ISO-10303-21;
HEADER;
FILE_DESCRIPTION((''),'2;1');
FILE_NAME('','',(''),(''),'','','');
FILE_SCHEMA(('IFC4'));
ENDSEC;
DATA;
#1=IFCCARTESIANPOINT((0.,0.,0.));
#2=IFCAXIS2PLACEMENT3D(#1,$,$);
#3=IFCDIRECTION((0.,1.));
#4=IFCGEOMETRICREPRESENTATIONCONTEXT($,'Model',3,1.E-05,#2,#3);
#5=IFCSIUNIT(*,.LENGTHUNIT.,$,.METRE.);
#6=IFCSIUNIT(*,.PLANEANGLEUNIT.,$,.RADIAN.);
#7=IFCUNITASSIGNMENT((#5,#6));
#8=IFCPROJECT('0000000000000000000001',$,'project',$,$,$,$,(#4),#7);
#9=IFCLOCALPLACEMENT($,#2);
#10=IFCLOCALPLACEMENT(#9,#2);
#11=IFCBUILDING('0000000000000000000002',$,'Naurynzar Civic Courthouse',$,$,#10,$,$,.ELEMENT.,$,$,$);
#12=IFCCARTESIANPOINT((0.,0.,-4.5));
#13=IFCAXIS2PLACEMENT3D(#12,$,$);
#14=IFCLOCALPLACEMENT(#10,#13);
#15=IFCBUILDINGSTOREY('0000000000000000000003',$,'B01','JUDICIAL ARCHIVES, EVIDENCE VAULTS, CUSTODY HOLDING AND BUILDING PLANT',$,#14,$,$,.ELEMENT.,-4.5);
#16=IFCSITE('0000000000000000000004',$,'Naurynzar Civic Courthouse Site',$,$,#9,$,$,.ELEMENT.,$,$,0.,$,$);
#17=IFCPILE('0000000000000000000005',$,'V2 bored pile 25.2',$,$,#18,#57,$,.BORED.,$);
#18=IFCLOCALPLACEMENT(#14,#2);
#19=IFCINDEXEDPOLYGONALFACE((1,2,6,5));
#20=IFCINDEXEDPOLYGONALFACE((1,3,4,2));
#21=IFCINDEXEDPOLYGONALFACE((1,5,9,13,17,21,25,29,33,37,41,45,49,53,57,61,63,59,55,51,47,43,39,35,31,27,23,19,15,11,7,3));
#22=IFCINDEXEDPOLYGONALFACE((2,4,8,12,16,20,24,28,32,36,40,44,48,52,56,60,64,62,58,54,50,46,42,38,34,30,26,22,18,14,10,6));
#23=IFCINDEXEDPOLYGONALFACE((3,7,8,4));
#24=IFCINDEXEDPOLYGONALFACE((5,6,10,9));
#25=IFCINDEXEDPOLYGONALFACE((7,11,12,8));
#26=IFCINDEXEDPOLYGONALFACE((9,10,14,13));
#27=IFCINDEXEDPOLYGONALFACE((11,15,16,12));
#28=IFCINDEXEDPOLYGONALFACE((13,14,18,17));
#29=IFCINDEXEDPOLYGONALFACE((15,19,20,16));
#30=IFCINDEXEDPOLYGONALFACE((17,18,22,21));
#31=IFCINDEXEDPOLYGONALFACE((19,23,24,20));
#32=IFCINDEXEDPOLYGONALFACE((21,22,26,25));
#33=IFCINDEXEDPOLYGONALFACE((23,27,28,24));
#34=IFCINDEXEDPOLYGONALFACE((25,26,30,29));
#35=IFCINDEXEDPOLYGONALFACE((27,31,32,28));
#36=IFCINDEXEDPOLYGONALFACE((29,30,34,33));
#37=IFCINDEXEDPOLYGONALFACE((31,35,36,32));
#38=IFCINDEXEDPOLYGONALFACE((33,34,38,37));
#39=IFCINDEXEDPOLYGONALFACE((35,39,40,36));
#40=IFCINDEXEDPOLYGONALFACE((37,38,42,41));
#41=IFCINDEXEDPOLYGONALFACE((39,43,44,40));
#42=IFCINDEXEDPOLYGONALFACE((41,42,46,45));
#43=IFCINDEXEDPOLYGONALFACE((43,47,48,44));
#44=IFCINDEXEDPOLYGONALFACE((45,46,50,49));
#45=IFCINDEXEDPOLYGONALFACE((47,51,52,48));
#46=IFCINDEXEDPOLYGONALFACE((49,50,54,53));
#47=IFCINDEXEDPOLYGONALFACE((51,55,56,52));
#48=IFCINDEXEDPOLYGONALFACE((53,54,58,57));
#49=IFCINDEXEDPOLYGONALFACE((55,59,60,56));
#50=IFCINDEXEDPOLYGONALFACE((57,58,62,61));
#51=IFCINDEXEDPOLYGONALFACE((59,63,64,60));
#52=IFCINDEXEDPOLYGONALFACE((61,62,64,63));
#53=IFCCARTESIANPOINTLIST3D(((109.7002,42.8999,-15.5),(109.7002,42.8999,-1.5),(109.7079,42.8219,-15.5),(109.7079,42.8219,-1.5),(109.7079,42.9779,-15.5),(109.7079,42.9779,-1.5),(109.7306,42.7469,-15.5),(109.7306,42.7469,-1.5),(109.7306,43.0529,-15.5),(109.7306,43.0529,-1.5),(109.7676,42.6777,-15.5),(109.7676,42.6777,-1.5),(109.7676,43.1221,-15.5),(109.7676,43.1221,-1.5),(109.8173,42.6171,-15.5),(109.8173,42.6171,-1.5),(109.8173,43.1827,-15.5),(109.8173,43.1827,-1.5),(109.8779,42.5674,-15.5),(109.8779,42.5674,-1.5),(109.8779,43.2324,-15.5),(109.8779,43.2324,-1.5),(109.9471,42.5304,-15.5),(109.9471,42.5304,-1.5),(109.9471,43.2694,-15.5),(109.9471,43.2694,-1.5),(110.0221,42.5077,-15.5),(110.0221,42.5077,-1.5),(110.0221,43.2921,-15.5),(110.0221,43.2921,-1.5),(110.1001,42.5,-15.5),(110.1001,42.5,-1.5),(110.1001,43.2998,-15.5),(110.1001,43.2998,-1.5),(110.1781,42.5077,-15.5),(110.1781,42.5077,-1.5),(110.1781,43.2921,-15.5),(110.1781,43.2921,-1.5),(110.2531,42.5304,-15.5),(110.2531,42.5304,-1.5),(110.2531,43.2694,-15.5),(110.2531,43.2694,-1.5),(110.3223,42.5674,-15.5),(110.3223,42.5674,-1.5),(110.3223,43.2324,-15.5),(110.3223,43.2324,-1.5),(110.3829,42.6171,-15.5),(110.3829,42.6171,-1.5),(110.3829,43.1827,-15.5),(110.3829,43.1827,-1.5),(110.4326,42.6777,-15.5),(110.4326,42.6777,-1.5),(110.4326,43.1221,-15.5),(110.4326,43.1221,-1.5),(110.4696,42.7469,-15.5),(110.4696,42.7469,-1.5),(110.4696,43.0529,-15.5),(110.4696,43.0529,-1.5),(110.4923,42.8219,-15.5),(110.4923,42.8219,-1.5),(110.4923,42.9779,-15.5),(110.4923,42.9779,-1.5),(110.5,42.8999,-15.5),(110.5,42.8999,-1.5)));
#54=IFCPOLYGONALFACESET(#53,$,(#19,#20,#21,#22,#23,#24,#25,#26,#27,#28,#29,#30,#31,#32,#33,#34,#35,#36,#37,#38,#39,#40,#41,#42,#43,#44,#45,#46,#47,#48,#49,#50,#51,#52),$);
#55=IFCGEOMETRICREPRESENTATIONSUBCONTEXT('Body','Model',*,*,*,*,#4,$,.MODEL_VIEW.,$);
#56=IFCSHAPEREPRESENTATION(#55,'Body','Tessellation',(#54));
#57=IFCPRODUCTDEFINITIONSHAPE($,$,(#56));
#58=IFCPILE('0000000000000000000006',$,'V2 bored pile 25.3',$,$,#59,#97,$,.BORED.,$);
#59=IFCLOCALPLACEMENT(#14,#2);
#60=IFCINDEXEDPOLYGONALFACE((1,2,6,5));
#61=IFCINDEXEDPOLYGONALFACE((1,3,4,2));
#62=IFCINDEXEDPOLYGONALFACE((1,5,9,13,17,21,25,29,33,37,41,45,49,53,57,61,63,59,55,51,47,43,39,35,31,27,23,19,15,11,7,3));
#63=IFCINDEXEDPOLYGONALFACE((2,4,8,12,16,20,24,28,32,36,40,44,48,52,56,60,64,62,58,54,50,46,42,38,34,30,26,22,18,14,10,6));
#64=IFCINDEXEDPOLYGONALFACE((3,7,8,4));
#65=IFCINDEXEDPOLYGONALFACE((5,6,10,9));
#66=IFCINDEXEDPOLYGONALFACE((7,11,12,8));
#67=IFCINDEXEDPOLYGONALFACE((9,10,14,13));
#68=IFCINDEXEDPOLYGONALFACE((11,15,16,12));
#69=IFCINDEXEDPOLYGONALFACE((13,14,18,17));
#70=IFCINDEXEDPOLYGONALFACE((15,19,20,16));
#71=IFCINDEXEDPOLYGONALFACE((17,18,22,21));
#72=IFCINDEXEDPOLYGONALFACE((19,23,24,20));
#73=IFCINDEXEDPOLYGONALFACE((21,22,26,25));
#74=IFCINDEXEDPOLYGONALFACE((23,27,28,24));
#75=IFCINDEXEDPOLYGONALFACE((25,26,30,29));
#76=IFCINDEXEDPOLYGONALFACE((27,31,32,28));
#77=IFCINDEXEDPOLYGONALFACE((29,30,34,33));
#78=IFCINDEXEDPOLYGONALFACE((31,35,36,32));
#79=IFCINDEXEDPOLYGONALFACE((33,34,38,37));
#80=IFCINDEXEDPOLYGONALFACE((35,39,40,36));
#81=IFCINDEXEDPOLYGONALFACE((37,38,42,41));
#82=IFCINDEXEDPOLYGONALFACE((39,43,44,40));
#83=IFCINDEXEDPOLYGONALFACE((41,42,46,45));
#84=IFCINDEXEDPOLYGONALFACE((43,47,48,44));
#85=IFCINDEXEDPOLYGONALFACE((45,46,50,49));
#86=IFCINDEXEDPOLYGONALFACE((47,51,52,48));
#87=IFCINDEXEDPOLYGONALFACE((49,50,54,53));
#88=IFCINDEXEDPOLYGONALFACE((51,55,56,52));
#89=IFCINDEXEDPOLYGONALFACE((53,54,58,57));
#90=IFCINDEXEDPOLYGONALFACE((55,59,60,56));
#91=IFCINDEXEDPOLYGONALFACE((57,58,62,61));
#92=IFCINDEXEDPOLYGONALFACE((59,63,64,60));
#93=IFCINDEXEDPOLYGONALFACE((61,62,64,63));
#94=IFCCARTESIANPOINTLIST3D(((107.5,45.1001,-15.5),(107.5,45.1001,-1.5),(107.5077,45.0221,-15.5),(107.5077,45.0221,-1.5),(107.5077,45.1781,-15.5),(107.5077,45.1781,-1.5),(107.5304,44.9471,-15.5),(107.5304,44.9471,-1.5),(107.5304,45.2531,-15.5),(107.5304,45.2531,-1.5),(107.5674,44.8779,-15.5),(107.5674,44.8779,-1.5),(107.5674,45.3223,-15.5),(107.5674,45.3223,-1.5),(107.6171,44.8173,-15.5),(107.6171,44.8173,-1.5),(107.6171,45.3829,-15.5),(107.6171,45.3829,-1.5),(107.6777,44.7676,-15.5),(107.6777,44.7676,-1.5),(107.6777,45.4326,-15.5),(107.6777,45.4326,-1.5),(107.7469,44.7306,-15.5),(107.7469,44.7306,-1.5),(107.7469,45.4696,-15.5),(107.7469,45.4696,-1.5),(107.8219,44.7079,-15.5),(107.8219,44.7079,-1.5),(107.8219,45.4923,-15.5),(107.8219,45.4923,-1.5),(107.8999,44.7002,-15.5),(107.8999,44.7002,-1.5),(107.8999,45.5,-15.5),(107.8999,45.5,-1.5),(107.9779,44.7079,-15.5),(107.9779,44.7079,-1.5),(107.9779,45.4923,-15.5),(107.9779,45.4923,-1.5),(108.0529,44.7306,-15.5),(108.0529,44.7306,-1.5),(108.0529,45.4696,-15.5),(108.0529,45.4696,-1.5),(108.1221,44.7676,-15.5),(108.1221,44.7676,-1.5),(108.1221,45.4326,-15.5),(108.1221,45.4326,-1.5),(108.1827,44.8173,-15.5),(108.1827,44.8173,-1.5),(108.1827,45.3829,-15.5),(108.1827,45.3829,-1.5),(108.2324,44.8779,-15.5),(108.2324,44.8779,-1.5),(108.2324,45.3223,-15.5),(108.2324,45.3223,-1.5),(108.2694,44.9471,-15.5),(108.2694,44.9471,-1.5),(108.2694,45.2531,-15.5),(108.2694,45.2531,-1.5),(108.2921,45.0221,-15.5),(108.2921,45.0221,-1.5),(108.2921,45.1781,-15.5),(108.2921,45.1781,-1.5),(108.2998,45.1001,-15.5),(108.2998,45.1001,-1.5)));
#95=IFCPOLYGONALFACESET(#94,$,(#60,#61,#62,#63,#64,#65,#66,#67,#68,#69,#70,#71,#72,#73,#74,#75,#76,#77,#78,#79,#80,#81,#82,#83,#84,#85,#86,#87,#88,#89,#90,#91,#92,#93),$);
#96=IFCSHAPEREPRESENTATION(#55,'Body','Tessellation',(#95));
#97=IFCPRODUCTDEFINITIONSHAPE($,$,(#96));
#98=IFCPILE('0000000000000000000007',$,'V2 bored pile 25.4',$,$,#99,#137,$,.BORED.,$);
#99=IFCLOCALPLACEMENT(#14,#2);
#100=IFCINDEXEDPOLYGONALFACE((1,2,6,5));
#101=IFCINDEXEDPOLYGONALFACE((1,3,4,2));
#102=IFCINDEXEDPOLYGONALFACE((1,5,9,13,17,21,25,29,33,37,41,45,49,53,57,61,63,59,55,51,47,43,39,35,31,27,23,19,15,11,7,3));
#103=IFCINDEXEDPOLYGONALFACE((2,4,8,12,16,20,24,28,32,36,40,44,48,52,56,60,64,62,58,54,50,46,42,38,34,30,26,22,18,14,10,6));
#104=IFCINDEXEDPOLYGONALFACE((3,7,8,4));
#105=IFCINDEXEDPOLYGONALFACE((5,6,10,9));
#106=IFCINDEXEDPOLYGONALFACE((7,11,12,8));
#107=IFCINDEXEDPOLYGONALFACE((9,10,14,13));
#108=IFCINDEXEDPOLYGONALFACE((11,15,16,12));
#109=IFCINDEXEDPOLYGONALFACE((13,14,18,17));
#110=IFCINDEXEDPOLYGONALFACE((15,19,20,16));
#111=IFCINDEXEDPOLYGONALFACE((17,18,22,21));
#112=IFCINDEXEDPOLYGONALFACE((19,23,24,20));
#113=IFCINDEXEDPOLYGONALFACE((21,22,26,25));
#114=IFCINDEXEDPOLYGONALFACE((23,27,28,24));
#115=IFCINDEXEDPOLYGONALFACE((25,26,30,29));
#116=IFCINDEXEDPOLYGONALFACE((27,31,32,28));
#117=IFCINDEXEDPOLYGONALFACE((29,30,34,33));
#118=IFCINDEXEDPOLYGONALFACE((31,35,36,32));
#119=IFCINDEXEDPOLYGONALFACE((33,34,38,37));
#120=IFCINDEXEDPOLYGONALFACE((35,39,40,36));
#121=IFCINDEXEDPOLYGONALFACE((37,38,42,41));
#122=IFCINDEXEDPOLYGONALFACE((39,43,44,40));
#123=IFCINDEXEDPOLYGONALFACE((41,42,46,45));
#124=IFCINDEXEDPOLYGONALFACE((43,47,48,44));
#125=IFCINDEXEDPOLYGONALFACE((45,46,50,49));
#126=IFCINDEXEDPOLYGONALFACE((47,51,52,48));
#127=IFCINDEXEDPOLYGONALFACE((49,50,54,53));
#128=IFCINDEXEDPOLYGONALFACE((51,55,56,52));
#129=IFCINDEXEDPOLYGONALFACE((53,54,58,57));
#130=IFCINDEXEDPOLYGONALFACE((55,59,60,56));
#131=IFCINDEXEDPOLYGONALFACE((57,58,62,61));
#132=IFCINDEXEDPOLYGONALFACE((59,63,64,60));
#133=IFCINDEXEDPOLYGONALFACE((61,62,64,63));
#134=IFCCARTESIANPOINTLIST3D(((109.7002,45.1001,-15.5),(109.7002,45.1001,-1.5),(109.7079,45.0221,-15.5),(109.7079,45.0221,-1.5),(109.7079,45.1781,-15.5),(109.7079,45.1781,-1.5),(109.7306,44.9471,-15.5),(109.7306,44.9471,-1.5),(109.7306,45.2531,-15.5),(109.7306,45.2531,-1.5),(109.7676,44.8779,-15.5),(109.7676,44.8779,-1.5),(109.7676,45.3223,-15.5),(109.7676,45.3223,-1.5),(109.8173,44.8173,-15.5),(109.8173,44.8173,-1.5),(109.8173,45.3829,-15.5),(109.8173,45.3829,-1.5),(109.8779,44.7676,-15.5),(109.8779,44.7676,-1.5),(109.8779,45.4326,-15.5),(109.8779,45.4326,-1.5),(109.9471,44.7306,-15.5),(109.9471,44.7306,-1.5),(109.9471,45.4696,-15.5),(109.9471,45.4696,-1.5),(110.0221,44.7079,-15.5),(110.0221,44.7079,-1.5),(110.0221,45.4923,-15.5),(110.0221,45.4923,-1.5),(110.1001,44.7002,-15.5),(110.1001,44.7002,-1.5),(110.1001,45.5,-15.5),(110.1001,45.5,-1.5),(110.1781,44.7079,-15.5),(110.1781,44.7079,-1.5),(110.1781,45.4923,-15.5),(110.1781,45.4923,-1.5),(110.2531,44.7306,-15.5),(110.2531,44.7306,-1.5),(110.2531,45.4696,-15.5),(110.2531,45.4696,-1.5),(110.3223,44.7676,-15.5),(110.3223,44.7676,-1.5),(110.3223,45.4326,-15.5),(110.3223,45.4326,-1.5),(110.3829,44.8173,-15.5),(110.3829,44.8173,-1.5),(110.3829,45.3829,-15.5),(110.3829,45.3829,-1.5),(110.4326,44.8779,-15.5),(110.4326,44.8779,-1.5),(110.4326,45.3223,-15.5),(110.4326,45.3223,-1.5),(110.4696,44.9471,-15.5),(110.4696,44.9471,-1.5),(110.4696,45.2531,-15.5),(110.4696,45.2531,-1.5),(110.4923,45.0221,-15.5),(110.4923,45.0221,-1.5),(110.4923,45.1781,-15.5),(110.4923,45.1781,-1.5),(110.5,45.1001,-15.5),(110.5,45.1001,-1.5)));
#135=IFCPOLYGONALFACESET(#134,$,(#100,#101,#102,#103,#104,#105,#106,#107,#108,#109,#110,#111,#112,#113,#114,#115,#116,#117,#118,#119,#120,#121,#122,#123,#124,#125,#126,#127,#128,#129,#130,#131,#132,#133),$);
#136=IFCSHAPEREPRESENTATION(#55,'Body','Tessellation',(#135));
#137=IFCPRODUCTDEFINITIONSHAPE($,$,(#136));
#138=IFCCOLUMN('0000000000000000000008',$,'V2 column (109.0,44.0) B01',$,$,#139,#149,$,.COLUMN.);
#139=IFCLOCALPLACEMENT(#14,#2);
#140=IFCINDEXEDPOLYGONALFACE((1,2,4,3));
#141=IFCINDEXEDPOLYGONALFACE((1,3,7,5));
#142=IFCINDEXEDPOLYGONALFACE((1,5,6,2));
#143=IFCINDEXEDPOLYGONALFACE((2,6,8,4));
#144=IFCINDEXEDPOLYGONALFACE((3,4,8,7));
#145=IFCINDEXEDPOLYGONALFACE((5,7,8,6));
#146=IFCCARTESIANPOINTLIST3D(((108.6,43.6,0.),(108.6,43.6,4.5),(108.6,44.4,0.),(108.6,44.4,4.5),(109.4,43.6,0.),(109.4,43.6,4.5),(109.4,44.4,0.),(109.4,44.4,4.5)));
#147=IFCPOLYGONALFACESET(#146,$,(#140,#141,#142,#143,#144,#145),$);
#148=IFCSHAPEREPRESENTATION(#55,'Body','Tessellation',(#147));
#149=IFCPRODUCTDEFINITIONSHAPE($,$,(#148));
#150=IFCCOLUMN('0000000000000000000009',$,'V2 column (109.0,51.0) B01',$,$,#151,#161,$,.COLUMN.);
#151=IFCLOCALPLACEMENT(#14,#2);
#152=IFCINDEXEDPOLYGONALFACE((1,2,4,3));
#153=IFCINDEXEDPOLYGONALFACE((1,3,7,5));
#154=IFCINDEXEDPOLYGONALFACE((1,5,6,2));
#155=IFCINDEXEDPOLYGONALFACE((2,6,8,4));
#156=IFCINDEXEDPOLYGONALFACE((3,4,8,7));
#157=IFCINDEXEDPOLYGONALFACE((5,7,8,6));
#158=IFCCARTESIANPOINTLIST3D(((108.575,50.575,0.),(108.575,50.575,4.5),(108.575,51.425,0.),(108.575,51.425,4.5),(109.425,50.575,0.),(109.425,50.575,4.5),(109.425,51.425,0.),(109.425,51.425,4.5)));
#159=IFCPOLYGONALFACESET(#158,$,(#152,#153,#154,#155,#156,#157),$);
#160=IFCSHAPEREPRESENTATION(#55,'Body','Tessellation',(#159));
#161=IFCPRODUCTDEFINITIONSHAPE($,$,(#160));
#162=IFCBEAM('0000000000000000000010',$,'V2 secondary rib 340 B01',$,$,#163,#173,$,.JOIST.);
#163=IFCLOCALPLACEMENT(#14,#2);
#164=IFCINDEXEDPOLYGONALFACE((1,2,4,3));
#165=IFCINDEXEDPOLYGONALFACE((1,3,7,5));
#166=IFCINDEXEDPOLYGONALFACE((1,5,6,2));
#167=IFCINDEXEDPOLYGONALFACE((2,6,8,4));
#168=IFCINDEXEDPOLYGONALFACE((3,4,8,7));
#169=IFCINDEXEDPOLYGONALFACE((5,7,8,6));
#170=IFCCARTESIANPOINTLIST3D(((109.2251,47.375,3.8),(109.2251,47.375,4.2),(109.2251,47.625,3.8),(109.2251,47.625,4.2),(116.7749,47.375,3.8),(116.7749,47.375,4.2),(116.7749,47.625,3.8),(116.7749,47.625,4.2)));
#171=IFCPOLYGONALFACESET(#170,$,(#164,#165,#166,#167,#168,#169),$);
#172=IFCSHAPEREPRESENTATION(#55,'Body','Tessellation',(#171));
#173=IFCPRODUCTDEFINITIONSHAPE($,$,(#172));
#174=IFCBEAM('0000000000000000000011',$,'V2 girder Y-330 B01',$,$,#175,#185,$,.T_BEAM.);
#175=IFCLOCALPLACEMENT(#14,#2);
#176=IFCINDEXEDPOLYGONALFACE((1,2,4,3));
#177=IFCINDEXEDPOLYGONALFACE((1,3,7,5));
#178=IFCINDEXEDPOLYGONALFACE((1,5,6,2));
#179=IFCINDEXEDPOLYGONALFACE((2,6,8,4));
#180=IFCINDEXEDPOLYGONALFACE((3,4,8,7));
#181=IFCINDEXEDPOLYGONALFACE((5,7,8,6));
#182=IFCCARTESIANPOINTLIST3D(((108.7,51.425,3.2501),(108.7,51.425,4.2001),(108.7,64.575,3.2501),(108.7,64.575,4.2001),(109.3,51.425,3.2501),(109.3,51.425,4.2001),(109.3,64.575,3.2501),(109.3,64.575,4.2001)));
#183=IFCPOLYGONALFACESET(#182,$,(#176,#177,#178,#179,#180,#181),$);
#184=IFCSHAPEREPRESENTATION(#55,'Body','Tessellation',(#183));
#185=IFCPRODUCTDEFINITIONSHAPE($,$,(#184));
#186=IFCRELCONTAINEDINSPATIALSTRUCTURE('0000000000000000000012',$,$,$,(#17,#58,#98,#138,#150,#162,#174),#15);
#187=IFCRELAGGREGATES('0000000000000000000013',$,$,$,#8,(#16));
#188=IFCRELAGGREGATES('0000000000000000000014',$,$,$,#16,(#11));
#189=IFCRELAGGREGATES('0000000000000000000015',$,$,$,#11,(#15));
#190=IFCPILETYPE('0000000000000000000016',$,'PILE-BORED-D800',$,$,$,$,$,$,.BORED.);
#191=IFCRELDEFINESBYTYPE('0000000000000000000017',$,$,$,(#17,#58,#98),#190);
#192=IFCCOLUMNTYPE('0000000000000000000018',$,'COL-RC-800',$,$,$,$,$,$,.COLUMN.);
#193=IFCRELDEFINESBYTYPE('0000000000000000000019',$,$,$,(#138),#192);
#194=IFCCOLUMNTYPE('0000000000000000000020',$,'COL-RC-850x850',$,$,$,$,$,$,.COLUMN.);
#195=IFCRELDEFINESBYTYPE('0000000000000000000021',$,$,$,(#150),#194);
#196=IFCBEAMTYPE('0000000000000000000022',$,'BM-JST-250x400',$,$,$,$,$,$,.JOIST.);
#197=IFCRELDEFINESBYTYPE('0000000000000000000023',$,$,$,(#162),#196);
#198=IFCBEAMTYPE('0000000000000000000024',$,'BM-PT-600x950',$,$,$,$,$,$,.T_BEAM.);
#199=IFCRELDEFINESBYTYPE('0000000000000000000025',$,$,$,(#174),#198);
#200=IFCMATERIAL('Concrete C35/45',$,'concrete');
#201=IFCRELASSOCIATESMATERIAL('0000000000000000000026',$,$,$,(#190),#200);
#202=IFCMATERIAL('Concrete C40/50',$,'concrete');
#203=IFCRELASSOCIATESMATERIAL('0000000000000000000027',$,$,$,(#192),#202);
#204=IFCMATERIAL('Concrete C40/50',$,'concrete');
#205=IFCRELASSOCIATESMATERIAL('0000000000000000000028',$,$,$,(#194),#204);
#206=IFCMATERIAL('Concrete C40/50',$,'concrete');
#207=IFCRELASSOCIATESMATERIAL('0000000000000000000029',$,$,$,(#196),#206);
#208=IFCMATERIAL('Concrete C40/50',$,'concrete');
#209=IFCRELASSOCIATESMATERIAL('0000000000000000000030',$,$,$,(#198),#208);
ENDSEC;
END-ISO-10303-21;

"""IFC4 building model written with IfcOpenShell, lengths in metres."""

from ifc_helpers import new_model, si_unit, direction, frame, origin, origin_2d, place, context, subcontext, project, spatial, rectangle, circle, extrude, material, material_profile, profile_set, type_object, element, save


model = new_model("IFC4")

# Units and contexts
model_context = context("Model", 3, precision=1e-05, world=origin(), true_north=direction((0.0, 1.0)))
body_context = subcontext(model_context, "Body", "Model", "MODEL_VIEW")
ifc_project = project(units=[si_unit("LENGTHUNIT", "METRE"), si_unit("PLANEANGLEUNIT", "RADIAN")], contexts=[model_context])

# Site, building, storey
site_placement = place(None, origin())
site = spatial("IfcSite", under=ifc_project, at=site_placement, Name="Naurynzar Civic Courthouse Site", CompositionType="ELEMENT", RefElevation=0.0)
building_placement = place(site_placement, origin())
building = spatial("IfcBuilding", under=site, at=building_placement, Name="Naurynzar Civic Courthouse", CompositionType="ELEMENT")
storey_placement = place(building_placement, frame((0.0, 0.0, -4.5)))
storey = spatial("IfcBuildingStorey", under=building, at=storey_placement, Name="B01", Description="JUDICIAL ARCHIVES, EVIDENCE VAULTS, CUSTODY HOLDING AND BUILDING PLANT", CompositionType="ELEMENT", Elevation=-4.5)

# Piles
ifc_material_1 = material(Name="Concrete C35/45", Category="concrete")
ifc_material_profile_1 = material_profile(ifc_material_1, circle(Radius=0.3999, at=origin_2d()), Name="PILE D800")
ifc_profile_set_1 = profile_set([ifc_material_profile_1], Name="Concrete C35/45")
pile_type_1 = type_object("IfcPileType", Name="PILE-BORED-D800", PredefinedType="BORED", material=ifc_profile_set_1)
for number, where, z_axis, x_axis, name in (
    (1, (110.1001, 42.8999, -1.5), (0.0, 0.0, -1.0), (1.0, 0.0, 0.0), "V2 bored pile 25.2"),
    (2, (107.8999, 45.1001, -1.5), (0.0, 0.0, -1.0), (1.0, 0.0, 0.0), "V2 bored pile 25.3"),
    (3, (110.1001, 45.1001, -1.5), (0.0, 0.0, -1.0), (1.0, 0.0, 0.0), "V2 bored pile 25.4"),
):
    element("IfcPile", number, at=place(storey_placement, frame(where, z_axis=z_axis, x_axis=x_axis)), inside=storey, type_object=pile_type_1, Name=name, PredefinedType="BORED", context=body_context, shape_type="SweptSolid", body=[
        extrude(circle(Radius=0.3999, at=origin_2d()), origin(), (0.0, 0.0, 1.0), 14.0),
    ])

# Columns
ifc_material_2 = material(Name="Concrete C40/50", Category="concrete")
ifc_material_profile_2 = material_profile(ifc_material_2, rectangle(XDim=0.8, YDim=0.8, at=origin_2d()), Name="RC 800x800")
ifc_profile_set_2 = profile_set([ifc_material_profile_2], Name="Concrete C40/50")
column_type_1 = type_object("IfcColumnType", Name="COL-RC-800", PredefinedType="COLUMN", material=ifc_profile_set_2)
column_1_placement = place(storey_placement, frame((109.0, 44.0, 0.0), z_axis=(0.0, 0.0, 1.0), x_axis=(1.0, 0.0, 0.0)))
element("IfcColumn", 4, at=column_1_placement, inside=storey, type_object=column_type_1, Name="V2 column (109.0,44.0) B01", PredefinedType="COLUMN", context=body_context, shape_type="SweptSolid", body=[
    extrude(rectangle(XDim=0.8, YDim=0.8, at=origin_2d()), origin(), (0.0, 0.0, 1.0), 4.5),
])
ifc_material_3 = material(Name="Concrete C40/50", Category="concrete")
ifc_material_profile_3 = material_profile(ifc_material_3, rectangle(XDim=0.8501, YDim=0.8501, at=origin_2d()), Name="RC 850x850")
ifc_profile_set_3 = profile_set([ifc_material_profile_3], Name="Concrete C40/50")
column_type_2 = type_object("IfcColumnType", Name="COL-RC-850x850", PredefinedType="COLUMN", material=ifc_profile_set_3)
column_2_placement = place(storey_placement, frame((109.0, 51.0, 0.0), z_axis=(0.0, 0.0, 1.0), x_axis=(1.0, 0.0, 0.0)))
element("IfcColumn", 5, at=column_2_placement, inside=storey, type_object=column_type_2, Name="V2 column (109.0,51.0) B01", PredefinedType="COLUMN", context=body_context, shape_type="SweptSolid", body=[
    extrude(rectangle(XDim=0.8501, YDim=0.8501, at=origin_2d()), origin(), (0.0, 0.0, 1.0), 4.5),
])

# Beams
ifc_material_4 = material(Name="Concrete C40/50", Category="concrete")
ifc_material_profile_4 = material_profile(ifc_material_4, rectangle(XDim=0.25, YDim=0.3999, at=origin_2d()), Name="RCB 250x400")
ifc_profile_set_4 = profile_set([ifc_material_profile_4], Name="Concrete C40/50")
beam_type_1 = type_object("IfcBeamType", Name="BM-JST-250x400", PredefinedType="JOIST", material=ifc_profile_set_4)
beam_1_placement = place(storey_placement, frame((109.2251, 47.5, 4.0), z_axis=(1.0, 0.0, 0.0), x_axis=(0.0, 1.0, 0.0)))
element("IfcBeam", 6, at=beam_1_placement, inside=storey, type_object=beam_type_1, Name="V2 secondary rib 340 B01", PredefinedType="JOIST", context=body_context, shape_type="SweptSolid", body=[
    extrude(rectangle(XDim=0.25, YDim=0.3999, at=origin_2d()), origin(), (0.0, 0.0, 1.0), 7.5498),
])
ifc_material_5 = material(Name="Concrete C40/50", Category="concrete")
ifc_material_profile_5 = material_profile(ifc_material_5, rectangle(XDim=0.6001, YDim=0.95, at=origin_2d()), Name="PTB 600x950")
ifc_profile_set_5 = profile_set([ifc_material_profile_5], Name="Concrete C40/50")
beam_type_2 = type_object("IfcBeamType", Name="BM-PT-600x950", PredefinedType="T_BEAM", material=ifc_profile_set_5)
beam_2_placement = place(storey_placement, frame((109.0, 51.425, 3.7251), z_axis=(0.0, 1.0, 0.0), x_axis=(-1.0, 0.0, 0.0)))
element("IfcBeam", 7, at=beam_2_placement, inside=storey, type_object=beam_type_2, Name="V2 girder Y-330 B01", PredefinedType="T_BEAM", context=body_context, shape_type="SweptSolid", body=[
    extrude(rectangle(XDim=0.6001, YDim=0.95, at=origin_2d()), origin(), (0.0, 0.0, 1.0), 13.1499),
])

save(model, "model.ifc")
